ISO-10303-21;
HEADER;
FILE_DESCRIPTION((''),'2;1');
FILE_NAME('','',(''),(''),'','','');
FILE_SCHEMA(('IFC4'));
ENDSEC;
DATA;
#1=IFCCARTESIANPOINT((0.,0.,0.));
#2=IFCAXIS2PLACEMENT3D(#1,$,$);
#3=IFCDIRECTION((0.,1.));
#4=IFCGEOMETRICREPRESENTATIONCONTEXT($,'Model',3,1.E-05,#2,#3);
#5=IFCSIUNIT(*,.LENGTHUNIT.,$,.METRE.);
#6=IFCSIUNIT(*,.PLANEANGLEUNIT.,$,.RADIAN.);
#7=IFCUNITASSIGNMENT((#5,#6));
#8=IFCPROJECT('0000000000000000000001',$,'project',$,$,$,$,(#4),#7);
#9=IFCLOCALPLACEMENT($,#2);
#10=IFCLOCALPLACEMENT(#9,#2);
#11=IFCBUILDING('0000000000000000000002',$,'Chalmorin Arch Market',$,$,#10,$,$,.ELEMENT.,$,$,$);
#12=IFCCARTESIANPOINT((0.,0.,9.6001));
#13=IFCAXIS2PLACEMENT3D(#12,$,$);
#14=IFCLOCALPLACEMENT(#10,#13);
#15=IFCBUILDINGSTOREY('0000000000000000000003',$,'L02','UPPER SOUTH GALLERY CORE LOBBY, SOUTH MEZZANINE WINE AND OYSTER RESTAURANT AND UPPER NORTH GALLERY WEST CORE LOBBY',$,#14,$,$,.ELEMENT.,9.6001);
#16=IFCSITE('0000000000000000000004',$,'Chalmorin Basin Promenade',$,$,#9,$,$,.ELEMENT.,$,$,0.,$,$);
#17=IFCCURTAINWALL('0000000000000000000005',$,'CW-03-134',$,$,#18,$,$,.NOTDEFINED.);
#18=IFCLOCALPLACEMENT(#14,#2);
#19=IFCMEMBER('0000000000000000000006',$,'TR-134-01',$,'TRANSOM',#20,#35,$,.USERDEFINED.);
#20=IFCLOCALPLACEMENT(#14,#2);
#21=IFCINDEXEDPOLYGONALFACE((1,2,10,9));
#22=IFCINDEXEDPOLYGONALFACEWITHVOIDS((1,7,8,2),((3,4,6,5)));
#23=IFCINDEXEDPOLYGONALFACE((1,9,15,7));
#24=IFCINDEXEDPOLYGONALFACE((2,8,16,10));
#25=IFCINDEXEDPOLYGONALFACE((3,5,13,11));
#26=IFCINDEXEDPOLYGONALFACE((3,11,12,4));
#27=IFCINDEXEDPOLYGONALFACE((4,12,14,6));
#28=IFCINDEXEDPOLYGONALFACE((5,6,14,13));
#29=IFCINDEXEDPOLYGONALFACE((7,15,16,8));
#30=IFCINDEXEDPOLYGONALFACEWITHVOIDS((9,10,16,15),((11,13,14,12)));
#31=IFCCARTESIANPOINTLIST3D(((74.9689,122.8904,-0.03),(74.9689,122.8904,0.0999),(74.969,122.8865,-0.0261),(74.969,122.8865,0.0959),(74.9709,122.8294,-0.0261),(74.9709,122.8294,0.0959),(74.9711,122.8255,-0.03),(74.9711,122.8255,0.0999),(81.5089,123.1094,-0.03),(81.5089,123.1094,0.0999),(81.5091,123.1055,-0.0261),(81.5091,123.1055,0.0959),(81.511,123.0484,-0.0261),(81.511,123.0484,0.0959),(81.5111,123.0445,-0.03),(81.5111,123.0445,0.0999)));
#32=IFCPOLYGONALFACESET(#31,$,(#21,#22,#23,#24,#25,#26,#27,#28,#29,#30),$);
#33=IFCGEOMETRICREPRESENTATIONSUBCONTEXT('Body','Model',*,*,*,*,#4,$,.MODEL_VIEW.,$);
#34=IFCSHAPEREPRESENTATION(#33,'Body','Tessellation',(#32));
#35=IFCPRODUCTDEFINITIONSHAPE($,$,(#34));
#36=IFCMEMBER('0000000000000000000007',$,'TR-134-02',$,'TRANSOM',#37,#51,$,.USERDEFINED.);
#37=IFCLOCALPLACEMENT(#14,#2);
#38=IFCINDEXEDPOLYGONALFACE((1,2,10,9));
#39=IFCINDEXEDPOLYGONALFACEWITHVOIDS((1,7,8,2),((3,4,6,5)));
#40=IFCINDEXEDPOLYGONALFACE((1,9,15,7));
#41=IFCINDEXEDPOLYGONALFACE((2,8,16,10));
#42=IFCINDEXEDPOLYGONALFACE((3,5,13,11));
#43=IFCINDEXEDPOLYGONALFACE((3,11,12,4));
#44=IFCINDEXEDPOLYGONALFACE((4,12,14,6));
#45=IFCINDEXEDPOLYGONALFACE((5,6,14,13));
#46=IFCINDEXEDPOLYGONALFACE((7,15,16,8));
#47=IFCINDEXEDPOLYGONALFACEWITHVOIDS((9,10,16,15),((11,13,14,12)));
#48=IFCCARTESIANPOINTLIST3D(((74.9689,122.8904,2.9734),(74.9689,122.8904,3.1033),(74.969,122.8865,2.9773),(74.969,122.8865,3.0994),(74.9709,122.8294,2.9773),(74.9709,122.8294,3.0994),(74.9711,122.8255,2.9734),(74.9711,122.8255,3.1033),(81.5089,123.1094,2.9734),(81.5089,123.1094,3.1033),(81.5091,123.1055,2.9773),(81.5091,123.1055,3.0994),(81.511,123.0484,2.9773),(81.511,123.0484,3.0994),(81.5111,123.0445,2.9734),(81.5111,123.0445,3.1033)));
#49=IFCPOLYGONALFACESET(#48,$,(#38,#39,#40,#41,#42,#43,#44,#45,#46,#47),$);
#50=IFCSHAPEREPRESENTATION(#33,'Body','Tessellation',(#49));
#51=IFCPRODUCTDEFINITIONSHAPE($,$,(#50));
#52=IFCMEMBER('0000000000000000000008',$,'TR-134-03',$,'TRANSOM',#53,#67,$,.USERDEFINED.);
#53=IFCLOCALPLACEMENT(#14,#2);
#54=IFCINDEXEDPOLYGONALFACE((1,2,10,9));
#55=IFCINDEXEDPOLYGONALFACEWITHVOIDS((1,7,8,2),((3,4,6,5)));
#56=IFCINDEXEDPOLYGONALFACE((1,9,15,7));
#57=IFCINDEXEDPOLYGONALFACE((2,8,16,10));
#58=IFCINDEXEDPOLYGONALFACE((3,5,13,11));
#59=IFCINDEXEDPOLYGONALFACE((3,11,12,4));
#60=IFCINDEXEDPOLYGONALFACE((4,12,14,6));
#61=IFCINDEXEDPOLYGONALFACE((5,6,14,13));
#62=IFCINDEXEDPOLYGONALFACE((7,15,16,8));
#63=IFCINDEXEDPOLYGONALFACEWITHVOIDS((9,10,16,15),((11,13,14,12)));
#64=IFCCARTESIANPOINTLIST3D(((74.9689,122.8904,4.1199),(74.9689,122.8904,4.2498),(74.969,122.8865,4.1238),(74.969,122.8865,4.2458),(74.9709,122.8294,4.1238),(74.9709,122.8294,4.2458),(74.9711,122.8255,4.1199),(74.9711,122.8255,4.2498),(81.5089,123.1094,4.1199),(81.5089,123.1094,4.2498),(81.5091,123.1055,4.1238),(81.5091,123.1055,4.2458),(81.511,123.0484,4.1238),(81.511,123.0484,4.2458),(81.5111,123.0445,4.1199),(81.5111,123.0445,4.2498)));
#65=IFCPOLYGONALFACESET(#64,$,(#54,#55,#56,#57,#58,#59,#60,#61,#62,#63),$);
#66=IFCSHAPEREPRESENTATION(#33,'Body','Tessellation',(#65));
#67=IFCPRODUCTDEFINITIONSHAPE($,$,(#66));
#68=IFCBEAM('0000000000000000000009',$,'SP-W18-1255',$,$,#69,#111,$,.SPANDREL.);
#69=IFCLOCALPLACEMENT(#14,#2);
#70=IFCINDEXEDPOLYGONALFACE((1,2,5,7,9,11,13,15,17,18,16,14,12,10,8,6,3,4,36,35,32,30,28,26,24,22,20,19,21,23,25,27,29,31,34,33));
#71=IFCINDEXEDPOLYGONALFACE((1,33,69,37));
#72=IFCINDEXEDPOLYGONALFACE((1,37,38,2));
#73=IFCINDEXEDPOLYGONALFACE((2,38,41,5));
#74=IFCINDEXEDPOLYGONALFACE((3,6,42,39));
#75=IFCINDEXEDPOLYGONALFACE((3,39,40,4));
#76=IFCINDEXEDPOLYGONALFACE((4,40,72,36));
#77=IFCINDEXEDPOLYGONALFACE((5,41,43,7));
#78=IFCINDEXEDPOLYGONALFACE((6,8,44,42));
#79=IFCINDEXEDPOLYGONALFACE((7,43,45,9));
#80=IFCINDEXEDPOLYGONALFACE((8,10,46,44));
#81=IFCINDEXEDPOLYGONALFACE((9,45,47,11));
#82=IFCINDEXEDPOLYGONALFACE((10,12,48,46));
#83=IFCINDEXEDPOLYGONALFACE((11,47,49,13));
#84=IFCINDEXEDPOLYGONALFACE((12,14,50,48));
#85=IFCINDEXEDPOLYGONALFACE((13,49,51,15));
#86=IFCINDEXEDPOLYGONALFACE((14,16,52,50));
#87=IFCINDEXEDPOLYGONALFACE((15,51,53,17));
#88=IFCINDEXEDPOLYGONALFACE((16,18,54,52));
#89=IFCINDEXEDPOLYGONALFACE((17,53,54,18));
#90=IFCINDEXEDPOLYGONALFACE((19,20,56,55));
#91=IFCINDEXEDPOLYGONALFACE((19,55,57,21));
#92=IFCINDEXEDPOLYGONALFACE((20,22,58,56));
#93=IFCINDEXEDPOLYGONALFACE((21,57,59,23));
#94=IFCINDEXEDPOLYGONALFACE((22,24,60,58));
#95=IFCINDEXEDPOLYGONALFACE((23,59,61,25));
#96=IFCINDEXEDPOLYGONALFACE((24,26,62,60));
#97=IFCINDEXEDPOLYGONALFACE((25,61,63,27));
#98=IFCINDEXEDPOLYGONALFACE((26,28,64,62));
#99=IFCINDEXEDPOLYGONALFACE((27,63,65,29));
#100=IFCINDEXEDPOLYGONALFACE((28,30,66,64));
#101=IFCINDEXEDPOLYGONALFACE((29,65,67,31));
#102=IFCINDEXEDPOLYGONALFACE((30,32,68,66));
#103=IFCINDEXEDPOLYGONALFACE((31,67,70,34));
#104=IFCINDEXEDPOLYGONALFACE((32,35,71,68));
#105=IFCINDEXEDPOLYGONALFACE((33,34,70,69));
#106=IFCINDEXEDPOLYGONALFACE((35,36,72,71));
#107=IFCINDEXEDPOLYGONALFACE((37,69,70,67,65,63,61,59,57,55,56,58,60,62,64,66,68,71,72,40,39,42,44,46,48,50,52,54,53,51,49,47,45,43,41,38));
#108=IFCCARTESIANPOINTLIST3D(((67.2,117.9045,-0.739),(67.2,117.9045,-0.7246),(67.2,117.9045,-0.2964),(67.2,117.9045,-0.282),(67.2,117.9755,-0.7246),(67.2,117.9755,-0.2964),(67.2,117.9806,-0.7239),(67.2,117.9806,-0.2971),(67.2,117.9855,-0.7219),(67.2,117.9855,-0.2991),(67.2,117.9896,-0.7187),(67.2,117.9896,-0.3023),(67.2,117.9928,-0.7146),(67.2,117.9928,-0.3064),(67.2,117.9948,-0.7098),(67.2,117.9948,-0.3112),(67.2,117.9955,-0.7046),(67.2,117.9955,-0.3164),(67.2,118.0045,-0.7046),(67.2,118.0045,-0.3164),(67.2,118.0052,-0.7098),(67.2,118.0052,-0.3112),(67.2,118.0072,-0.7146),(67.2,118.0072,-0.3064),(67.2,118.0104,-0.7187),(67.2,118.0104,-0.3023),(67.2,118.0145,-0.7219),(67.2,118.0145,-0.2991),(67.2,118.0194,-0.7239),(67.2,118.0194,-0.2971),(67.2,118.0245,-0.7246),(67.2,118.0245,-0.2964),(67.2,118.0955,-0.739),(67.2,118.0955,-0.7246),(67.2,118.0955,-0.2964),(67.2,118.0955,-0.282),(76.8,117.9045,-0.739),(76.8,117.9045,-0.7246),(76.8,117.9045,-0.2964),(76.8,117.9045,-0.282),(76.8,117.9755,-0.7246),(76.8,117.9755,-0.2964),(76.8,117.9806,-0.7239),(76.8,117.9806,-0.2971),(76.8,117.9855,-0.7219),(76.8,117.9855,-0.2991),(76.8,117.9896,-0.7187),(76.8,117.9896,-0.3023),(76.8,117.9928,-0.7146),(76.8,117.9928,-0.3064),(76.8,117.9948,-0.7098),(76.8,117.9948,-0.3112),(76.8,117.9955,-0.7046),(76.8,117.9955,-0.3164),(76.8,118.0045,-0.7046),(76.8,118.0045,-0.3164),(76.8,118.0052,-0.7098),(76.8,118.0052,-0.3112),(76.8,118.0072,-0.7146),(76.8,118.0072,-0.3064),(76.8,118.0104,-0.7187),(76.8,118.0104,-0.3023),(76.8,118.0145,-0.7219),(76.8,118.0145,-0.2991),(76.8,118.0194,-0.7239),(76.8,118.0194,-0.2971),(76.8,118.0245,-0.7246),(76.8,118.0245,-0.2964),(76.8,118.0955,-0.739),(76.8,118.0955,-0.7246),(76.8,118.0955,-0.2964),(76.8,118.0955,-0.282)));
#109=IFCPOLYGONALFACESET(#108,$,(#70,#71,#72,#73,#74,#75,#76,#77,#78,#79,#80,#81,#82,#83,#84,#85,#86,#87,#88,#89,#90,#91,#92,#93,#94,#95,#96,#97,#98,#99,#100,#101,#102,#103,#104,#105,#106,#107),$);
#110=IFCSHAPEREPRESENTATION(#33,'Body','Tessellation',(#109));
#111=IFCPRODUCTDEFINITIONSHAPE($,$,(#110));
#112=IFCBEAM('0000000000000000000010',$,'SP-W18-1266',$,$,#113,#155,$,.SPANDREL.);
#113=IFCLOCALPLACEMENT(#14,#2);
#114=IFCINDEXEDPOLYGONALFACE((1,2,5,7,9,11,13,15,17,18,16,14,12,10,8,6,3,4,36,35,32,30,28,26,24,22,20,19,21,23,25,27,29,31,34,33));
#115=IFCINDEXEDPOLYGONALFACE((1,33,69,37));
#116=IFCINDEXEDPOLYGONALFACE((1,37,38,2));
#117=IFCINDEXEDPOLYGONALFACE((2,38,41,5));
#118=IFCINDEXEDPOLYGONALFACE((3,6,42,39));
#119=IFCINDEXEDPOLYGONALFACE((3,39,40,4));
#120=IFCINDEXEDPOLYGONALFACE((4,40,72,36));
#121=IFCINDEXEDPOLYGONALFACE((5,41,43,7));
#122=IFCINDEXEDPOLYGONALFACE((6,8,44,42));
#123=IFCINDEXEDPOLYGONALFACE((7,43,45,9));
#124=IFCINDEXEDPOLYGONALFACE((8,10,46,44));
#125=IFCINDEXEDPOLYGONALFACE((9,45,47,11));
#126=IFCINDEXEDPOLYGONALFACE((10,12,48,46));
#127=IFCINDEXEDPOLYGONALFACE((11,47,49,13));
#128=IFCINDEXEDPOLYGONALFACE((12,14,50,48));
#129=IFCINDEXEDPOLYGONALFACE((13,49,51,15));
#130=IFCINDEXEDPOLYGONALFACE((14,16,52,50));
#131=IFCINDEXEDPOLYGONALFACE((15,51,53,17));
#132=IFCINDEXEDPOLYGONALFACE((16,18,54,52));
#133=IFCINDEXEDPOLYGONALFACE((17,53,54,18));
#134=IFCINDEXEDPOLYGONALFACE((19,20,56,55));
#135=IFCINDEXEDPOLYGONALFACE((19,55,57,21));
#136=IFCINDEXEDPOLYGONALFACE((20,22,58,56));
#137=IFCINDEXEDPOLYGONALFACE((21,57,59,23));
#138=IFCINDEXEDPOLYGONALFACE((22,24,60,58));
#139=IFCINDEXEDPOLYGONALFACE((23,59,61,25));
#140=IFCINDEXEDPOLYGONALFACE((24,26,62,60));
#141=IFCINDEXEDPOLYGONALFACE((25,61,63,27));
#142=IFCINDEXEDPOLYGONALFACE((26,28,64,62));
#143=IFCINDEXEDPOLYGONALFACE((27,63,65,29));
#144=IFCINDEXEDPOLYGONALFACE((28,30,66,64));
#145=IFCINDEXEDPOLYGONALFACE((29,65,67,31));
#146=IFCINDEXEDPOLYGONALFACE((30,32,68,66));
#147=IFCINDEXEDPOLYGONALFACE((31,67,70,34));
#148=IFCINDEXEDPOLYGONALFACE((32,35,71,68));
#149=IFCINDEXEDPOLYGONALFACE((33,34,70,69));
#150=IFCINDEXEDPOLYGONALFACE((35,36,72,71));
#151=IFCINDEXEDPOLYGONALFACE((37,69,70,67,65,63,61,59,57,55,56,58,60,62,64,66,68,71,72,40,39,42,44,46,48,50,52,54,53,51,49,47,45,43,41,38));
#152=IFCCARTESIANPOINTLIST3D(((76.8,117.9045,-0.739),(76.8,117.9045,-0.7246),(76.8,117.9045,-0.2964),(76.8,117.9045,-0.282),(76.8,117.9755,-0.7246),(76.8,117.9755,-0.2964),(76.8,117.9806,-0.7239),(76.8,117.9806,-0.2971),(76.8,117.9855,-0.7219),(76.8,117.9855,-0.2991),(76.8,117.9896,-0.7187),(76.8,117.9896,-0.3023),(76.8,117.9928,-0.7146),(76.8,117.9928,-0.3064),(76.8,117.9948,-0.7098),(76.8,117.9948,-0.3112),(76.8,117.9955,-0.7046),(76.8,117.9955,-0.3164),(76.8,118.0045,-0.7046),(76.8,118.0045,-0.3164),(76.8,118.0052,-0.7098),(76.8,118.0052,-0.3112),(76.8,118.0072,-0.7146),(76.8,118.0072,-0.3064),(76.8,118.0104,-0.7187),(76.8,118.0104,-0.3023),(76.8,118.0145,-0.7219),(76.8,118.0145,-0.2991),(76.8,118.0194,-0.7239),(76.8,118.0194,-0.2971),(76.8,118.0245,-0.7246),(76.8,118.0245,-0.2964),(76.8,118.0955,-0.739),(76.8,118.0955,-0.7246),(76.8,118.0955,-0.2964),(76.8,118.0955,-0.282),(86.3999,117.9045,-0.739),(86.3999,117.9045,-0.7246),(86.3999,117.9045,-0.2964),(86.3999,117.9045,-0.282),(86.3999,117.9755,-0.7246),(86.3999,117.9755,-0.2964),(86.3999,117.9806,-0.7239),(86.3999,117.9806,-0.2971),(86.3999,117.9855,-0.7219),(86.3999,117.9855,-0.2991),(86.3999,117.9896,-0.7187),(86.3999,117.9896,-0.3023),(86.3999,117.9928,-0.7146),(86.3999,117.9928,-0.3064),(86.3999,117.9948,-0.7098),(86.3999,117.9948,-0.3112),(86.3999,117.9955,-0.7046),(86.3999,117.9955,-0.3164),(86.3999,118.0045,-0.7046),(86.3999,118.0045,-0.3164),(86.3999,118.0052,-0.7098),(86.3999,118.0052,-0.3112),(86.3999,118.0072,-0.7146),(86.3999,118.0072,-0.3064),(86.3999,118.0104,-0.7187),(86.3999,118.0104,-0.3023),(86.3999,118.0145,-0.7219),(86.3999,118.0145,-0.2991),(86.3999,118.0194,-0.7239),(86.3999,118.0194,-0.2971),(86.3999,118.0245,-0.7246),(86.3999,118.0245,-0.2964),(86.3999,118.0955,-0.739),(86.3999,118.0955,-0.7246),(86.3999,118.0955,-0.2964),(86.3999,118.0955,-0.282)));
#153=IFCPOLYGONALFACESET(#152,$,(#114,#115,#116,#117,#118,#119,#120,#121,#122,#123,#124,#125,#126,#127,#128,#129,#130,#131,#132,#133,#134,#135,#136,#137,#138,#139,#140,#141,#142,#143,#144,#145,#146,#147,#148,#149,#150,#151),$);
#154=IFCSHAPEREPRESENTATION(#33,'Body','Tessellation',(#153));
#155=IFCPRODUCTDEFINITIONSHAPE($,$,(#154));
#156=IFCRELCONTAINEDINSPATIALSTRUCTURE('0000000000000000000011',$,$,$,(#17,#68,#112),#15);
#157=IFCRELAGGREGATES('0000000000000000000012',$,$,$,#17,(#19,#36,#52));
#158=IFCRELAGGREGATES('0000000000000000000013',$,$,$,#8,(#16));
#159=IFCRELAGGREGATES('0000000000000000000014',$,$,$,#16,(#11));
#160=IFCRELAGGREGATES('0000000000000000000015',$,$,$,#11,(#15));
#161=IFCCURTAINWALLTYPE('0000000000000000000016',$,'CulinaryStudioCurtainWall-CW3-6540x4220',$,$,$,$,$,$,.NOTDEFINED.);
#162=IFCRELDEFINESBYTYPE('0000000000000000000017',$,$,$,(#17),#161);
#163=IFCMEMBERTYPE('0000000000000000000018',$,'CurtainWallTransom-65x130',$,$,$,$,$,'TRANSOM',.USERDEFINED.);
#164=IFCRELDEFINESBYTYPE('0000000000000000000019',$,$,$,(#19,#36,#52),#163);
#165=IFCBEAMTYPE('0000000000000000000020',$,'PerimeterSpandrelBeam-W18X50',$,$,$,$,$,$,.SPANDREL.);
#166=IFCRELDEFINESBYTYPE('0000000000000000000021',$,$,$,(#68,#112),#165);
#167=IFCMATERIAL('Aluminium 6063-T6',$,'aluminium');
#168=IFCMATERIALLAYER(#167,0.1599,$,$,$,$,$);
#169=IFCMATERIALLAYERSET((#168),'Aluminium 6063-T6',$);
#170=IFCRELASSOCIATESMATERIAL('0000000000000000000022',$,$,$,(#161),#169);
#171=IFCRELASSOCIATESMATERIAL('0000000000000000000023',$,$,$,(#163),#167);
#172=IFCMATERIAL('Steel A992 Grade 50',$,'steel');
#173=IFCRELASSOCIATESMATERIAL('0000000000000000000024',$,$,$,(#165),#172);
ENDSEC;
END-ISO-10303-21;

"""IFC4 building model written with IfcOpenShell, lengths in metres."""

from ifc_helpers import new_model, si_unit, direction, frame, origin, origin_2d, place, context, subcontext, project, spatial, hollow_rectangle, i_section, extrude, material, layer, layer_set, material_profile, profile_set, type_object, element, aggregate, save


model = new_model("IFC4")

# Units and contexts
model_context = context("Model", 3, precision=1e-05, world=origin(), true_north=direction((0.0, 1.0)))
body_context = subcontext(model_context, "Body", "Model", "MODEL_VIEW")
ifc_project = project(units=[si_unit("LENGTHUNIT", "METRE"), si_unit("PLANEANGLEUNIT", "RADIAN")], contexts=[model_context])

# Site, building, storey
site_placement = place(None, origin())
site = spatial("IfcSite", under=ifc_project, at=site_placement, Name="Chalmorin Basin Promenade", CompositionType="ELEMENT", RefElevation=0.0)
building_placement = place(site_placement, origin())
building = spatial("IfcBuilding", under=site, at=building_placement, Name="Chalmorin Arch Market", CompositionType="ELEMENT")
storey_placement = place(building_placement, frame((0.0, 0.0, 9.6001)))
storey = spatial("IfcBuildingStorey", under=building, at=storey_placement, Name="L02", Description="UPPER SOUTH GALLERY CORE LOBBY, SOUTH MEZZANINE WINE AND OYSTER RESTAURANT AND UPPER NORTH GALLERY WEST CORE LOBBY", CompositionType="ELEMENT", Elevation=9.6001)

# Shared definitions
ifc_material_1 = material(Name="Aluminium 6063-T6", Category="aluminium")

# Curtain wall
ifc_layer_1 = layer(ifc_material_1, 0.1599)
ifc_layer_set_1 = layer_set([ifc_layer_1], Name="Aluminium 6063-T6")
curtain_wall_type_1 = type_object("IfcCurtainWallType", Name="CulinaryStudioCurtainWall-CW3-6540x4220", PredefinedType="NOTDEFINED", material=ifc_layer_set_1)
curtain_wall_1_placement = place(storey_placement, origin())
curtain_wall_1 = element("IfcCurtainWall", 1, at=curtain_wall_1_placement, inside=storey, type_object=curtain_wall_type_1, Name="CW-03-134", PredefinedType="NOTDEFINED")

# Members
ifc_material_profile_1 = material_profile(ifc_material_1, hollow_rectangle(XDim=0.0649, YDim=0.1299, WallThickness=0.0039, at=origin_2d()), Name="ALU65X130X4")
ifc_profile_set_1 = profile_set([ifc_material_profile_1], Name="Aluminium 6063-T6")
member_type_1 = type_object("IfcMemberType", Name="CurtainWallTransom-65x130", ElementType="TRANSOM", PredefinedType="USERDEFINED", material=ifc_profile_set_1)
member_1_placement = place(storey_placement, frame((74.97, 122.8579, 0.0349), z_axis=(0.99944, 0.033466, 0.0), x_axis=(-0.033466, 0.99944, 0.0)))
member_1 = element("IfcMember", 2, at=member_1_placement, type_object=member_type_1, Name="TR-134-01", ObjectType="TRANSOM", PredefinedType="USERDEFINED", context=body_context, shape_type="SweptSolid", body=[
    extrude(hollow_rectangle(XDim=0.0649, YDim=0.1299, WallThickness=0.0039, at=origin_2d()), origin(), (0.0, 0.0, 1.0), 6.5437),
])
member_2_placement = place(storey_placement, frame((74.97, 122.8579, 3.0383), z_axis=(0.99944, 0.033466, 0.0), x_axis=(-0.033466, 0.99944, 0.0)))
member_2 = element("IfcMember", 3, at=member_2_placement, type_object=member_type_1, Name="TR-134-02", ObjectType="TRANSOM", PredefinedType="USERDEFINED", context=body_context, shape_type="SweptSolid", body=[
    extrude(hollow_rectangle(XDim=0.0649, YDim=0.1299, WallThickness=0.0039, at=origin_2d()), origin(), (0.0, 0.0, 1.0), 6.5437),
])
member_3_placement = place(storey_placement, frame((74.97, 122.8579, 4.1848), z_axis=(0.99944, 0.033466, 0.0), x_axis=(-0.033466, 0.99944, 0.0)))
member_3 = element("IfcMember", 4, at=member_3_placement, type_object=member_type_1, Name="TR-134-03", ObjectType="TRANSOM", PredefinedType="USERDEFINED", context=body_context, shape_type="SweptSolid", body=[
    extrude(hollow_rectangle(XDim=0.0649, YDim=0.1299, WallThickness=0.0039, at=origin_2d()), origin(), (0.0, 0.0, 1.0), 6.5437),
])

# Beams
ifc_material_2 = material(Name="Steel A992 Grade 50", Category="steel")
ifc_material_profile_2 = material_profile(ifc_material_2, i_section(OverallWidth=0.1909, OverallDepth=0.457, WebThickness=0.009, FlangeThickness=0.0144, FilletRadius=0.02, at=origin_2d()), Name="W18X50")
ifc_profile_set_2 = profile_set([ifc_material_profile_2], Name="Steel A992 Grade 50")
beam_type_1 = type_object("IfcBeamType", Name="PerimeterSpandrelBeam-W18X50", PredefinedType="SPANDREL", material=ifc_profile_set_2)
beam_1_placement = place(storey_placement, frame((67.2, 118.0, -0.5105), z_axis=(1.0, 0.0, 0.0), x_axis=(0.0, 1.0, 0.0)))
element("IfcBeam", 5, at=beam_1_placement, inside=storey, type_object=beam_type_1, Name="SP-W18-1255", PredefinedType="SPANDREL", context=body_context, shape_type="SweptSolid", body=[
    extrude(i_section(OverallWidth=0.1909, OverallDepth=0.457, WebThickness=0.009, FlangeThickness=0.0144, FilletRadius=0.02, at=origin_2d()), origin(), (0.0, 0.0, 1.0), 9.6001),
])
beam_2_placement = place(storey_placement, frame((76.8, 118.0, -0.5105), z_axis=(1.0, 0.0, 0.0), x_axis=(0.0, 1.0, 0.0)))
element("IfcBeam", 6, at=beam_2_placement, inside=storey, type_object=beam_type_1, Name="SP-W18-1266", PredefinedType="SPANDREL", context=body_context, shape_type="SweptSolid", body=[
    extrude(i_section(OverallWidth=0.1909, OverallDepth=0.457, WebThickness=0.009, FlangeThickness=0.0144, FilletRadius=0.02, at=origin_2d()), origin(), (0.0, 0.0, 1.0), 9.5999),
])

aggregate(curtain_wall_1, [member_1, member_2, member_3])

save(model, "model.ifc")
